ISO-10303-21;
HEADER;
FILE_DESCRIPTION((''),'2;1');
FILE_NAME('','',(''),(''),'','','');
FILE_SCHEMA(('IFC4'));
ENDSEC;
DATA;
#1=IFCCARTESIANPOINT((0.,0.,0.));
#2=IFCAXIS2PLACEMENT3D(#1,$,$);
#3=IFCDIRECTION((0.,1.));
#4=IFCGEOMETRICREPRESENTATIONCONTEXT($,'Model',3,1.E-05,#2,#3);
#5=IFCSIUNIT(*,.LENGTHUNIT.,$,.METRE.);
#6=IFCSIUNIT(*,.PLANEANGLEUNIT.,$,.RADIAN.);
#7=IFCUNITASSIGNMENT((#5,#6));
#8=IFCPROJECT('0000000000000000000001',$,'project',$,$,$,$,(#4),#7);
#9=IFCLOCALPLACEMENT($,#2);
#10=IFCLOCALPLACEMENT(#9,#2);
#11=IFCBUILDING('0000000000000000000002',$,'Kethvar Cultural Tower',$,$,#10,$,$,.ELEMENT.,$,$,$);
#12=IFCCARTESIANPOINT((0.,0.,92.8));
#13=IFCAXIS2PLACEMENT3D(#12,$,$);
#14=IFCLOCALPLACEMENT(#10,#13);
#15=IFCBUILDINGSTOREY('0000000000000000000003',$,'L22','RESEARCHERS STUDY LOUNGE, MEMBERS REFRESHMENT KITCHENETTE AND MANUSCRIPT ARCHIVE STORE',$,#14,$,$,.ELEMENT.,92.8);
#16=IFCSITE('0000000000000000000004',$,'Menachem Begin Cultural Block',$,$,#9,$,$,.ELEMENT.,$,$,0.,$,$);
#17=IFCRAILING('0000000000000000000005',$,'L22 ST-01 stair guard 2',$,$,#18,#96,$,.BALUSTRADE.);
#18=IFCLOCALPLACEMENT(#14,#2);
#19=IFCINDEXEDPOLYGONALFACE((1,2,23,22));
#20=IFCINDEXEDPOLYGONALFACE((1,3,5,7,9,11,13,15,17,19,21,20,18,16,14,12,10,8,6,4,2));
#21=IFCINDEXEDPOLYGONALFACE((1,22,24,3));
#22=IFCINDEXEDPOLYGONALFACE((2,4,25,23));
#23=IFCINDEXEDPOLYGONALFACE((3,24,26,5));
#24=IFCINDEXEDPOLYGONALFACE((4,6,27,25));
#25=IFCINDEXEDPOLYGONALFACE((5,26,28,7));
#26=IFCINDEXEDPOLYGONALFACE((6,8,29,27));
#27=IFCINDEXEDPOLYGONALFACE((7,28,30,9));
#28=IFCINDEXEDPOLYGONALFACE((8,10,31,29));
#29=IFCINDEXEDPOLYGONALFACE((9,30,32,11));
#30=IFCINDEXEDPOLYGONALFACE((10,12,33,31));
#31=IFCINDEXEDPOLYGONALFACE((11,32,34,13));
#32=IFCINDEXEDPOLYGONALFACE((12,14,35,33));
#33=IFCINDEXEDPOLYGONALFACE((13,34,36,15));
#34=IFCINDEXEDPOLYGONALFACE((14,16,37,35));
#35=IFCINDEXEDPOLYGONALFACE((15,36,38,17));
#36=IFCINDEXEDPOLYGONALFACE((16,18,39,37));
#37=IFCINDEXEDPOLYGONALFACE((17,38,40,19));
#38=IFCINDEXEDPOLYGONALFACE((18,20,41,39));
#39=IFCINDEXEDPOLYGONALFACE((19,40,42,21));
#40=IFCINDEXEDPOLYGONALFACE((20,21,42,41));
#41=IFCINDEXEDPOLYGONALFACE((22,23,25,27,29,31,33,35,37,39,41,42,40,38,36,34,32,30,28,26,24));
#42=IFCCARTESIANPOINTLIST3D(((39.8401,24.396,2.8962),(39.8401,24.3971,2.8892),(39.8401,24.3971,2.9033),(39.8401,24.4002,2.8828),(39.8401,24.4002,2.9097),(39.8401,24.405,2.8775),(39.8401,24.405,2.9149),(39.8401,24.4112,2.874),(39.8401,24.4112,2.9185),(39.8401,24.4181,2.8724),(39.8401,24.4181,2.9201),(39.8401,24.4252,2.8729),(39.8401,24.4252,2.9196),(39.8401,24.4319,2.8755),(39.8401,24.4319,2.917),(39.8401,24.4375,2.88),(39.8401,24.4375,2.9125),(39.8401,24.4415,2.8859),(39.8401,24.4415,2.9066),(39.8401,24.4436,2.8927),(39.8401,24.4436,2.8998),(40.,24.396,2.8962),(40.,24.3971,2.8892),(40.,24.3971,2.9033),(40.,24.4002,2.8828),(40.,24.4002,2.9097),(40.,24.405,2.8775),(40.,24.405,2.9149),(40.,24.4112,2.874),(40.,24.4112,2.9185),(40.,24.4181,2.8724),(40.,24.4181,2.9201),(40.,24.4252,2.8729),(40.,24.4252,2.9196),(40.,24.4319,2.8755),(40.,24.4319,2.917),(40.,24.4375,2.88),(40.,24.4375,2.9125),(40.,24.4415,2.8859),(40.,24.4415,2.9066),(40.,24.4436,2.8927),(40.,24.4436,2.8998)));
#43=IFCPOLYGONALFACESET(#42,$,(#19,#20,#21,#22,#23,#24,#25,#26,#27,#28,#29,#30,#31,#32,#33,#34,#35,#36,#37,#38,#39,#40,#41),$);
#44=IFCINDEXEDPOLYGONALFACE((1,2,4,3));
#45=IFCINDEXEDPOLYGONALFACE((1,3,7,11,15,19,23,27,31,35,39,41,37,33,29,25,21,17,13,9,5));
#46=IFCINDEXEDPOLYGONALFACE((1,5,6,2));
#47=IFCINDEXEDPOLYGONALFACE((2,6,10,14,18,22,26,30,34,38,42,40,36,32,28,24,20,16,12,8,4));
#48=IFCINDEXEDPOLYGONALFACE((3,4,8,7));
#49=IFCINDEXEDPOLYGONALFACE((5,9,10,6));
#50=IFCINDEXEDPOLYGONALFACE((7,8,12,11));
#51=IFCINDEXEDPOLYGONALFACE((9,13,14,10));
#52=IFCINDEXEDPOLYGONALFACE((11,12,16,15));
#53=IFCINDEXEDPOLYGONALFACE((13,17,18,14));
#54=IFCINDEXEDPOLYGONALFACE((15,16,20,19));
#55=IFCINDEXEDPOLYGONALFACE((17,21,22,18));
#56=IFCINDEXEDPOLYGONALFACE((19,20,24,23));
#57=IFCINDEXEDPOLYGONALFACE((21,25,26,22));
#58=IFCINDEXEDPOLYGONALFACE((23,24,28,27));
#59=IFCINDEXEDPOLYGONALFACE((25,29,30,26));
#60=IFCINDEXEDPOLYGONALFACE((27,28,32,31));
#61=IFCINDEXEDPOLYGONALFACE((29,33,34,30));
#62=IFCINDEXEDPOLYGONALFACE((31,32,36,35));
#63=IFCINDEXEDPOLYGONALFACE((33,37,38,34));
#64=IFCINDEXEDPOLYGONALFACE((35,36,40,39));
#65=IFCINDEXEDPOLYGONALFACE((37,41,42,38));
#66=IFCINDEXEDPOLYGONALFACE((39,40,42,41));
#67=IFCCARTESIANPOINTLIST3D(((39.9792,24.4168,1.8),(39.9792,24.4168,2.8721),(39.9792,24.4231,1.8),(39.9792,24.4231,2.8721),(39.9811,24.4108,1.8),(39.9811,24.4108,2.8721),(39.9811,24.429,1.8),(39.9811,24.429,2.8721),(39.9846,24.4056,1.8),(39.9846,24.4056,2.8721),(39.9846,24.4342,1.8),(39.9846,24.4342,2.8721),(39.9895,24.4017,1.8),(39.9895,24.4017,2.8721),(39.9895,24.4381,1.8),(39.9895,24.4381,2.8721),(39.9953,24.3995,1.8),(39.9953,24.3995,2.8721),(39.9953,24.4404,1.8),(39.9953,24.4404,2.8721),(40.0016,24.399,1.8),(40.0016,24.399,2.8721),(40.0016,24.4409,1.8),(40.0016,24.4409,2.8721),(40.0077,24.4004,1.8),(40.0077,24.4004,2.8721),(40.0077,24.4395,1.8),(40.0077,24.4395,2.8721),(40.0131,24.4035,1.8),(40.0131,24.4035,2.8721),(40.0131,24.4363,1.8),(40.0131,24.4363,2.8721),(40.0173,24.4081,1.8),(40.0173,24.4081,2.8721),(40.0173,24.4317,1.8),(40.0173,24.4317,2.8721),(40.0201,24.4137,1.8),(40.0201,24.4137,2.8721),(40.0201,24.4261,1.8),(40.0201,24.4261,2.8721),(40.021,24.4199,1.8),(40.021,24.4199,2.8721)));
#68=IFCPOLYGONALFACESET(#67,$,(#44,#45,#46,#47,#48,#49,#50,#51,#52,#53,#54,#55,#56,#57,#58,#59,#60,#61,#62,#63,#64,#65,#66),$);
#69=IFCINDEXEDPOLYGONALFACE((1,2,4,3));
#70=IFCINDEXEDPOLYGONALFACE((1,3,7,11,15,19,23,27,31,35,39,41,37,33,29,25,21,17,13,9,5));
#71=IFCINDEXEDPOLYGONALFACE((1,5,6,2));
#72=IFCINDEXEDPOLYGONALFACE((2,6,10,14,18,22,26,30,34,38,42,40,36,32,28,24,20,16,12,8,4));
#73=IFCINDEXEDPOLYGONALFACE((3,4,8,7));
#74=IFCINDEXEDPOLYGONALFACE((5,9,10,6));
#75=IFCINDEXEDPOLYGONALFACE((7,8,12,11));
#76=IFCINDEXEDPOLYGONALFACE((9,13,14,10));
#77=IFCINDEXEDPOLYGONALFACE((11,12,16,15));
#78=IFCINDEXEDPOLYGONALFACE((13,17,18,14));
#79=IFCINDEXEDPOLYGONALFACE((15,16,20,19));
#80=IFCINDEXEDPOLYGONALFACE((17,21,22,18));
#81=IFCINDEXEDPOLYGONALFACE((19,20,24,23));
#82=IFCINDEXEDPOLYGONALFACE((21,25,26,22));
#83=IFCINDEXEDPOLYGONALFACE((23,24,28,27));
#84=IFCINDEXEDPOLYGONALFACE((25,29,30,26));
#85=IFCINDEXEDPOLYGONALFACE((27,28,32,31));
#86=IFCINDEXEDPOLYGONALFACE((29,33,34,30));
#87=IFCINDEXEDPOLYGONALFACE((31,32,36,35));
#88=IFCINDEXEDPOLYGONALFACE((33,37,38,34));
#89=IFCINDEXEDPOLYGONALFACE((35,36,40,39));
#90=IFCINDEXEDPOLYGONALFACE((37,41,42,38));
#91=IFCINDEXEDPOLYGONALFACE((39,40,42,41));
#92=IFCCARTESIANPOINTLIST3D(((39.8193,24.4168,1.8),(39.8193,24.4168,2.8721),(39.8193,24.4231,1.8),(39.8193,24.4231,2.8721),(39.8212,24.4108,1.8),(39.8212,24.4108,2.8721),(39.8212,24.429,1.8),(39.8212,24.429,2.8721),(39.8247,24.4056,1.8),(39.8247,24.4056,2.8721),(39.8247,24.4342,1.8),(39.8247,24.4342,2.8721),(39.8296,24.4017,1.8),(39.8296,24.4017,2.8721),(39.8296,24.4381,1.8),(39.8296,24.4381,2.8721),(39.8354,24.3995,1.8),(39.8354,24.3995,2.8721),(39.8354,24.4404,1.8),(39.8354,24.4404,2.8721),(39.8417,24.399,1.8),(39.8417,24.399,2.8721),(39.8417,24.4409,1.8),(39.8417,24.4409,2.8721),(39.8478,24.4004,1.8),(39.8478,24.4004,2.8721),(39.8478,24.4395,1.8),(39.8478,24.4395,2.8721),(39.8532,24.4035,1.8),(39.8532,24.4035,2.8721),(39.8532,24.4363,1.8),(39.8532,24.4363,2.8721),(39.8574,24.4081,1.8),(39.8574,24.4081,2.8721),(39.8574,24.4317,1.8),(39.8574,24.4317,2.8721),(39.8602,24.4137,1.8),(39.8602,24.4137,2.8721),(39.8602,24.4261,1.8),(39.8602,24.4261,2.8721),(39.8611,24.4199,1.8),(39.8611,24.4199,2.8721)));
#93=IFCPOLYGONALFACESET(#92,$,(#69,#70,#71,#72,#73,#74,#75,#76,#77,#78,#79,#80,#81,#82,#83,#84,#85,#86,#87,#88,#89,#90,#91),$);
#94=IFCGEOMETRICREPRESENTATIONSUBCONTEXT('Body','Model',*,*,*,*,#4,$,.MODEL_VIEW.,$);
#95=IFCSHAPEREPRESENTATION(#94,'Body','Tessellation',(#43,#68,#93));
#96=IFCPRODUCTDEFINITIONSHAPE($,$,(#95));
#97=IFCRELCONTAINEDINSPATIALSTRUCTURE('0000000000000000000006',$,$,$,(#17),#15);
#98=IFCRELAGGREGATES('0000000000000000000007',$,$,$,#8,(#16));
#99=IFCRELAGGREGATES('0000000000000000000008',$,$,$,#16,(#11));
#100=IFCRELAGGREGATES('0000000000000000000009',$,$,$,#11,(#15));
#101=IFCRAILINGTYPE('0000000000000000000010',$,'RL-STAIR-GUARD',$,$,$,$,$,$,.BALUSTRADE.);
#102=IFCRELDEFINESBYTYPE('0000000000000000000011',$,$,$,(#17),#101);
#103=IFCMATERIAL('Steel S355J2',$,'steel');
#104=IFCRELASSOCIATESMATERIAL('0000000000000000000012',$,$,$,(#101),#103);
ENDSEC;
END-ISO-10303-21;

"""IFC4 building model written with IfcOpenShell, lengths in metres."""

from ifc_helpers import new_model, si_unit, direction, frame, origin, origin_2d, place, context, subcontext, project, spatial, circle, extrude, material, type_object, element, save


model = new_model("IFC4")

# Units and contexts
model_context = context("Model", 3, precision=1e-05, world=origin(), true_north=direction((0.0, 1.0)))
body_context = subcontext(model_context, "Body", "Model", "MODEL_VIEW")
ifc_project = project(units=[si_unit("LENGTHUNIT", "METRE"), si_unit("PLANEANGLEUNIT", "RADIAN")], contexts=[model_context])

# Site, building, storey
site_placement = place(None, origin())
site = spatial("IfcSite", under=ifc_project, at=site_placement, Name="Menachem Begin Cultural Block", CompositionType="ELEMENT", RefElevation=0.0)
building_placement = place(site_placement, origin())
building = spatial("IfcBuilding", under=site, at=building_placement, Name="Kethvar Cultural Tower", CompositionType="ELEMENT")
storey_placement = place(building_placement, frame((0.0, 0.0, 92.8)))
storey = spatial("IfcBuildingStorey", under=building, at=storey_placement, Name="L22", Description="RESEARCHERS STUDY LOUNGE, MEMBERS REFRESHMENT KITCHENETTE AND MANUSCRIPT ARCHIVE STORE", CompositionType="ELEMENT", Elevation=92.8)

# Shared definitions
ifc_material_1 = material(Name="Steel S355J2", Category="steel")

# Railing
railing_type_1 = type_object("IfcRailingType", Name="RL-STAIR-GUARD", PredefinedType="BALUSTRADE", material=ifc_material_1)
railing_1_placement = place(storey_placement, frame((40.0, 24.4199, 1.8)))
element("IfcRailing", 1, at=railing_1_placement, inside=storey, type_object=railing_type_1, Name="L22 ST-01 stair guard 2", PredefinedType="BALUSTRADE", context=body_context, shape_type="SweptSolid", body=[
    extrude(circle(Radius=0.0239, at=origin_2d()), frame((0.0, 0.0, 1.0962), z_axis=(-1.0, 0.0, 0.0), x_axis=(0.0, -1.0, 0.0)), (0.0, 0.0, 1.0), 0.1599),
    extrude(circle(Radius=0.021, at=origin_2d()), origin(), (0.0, 0.0, 1.0), 1.072),
    extrude(circle(Radius=0.021, at=origin_2d()), frame((-0.1599, 0.0, 0.0)), (0.0, 0.0, 1.0), 1.072),
])

save(model, "model.ifc")
